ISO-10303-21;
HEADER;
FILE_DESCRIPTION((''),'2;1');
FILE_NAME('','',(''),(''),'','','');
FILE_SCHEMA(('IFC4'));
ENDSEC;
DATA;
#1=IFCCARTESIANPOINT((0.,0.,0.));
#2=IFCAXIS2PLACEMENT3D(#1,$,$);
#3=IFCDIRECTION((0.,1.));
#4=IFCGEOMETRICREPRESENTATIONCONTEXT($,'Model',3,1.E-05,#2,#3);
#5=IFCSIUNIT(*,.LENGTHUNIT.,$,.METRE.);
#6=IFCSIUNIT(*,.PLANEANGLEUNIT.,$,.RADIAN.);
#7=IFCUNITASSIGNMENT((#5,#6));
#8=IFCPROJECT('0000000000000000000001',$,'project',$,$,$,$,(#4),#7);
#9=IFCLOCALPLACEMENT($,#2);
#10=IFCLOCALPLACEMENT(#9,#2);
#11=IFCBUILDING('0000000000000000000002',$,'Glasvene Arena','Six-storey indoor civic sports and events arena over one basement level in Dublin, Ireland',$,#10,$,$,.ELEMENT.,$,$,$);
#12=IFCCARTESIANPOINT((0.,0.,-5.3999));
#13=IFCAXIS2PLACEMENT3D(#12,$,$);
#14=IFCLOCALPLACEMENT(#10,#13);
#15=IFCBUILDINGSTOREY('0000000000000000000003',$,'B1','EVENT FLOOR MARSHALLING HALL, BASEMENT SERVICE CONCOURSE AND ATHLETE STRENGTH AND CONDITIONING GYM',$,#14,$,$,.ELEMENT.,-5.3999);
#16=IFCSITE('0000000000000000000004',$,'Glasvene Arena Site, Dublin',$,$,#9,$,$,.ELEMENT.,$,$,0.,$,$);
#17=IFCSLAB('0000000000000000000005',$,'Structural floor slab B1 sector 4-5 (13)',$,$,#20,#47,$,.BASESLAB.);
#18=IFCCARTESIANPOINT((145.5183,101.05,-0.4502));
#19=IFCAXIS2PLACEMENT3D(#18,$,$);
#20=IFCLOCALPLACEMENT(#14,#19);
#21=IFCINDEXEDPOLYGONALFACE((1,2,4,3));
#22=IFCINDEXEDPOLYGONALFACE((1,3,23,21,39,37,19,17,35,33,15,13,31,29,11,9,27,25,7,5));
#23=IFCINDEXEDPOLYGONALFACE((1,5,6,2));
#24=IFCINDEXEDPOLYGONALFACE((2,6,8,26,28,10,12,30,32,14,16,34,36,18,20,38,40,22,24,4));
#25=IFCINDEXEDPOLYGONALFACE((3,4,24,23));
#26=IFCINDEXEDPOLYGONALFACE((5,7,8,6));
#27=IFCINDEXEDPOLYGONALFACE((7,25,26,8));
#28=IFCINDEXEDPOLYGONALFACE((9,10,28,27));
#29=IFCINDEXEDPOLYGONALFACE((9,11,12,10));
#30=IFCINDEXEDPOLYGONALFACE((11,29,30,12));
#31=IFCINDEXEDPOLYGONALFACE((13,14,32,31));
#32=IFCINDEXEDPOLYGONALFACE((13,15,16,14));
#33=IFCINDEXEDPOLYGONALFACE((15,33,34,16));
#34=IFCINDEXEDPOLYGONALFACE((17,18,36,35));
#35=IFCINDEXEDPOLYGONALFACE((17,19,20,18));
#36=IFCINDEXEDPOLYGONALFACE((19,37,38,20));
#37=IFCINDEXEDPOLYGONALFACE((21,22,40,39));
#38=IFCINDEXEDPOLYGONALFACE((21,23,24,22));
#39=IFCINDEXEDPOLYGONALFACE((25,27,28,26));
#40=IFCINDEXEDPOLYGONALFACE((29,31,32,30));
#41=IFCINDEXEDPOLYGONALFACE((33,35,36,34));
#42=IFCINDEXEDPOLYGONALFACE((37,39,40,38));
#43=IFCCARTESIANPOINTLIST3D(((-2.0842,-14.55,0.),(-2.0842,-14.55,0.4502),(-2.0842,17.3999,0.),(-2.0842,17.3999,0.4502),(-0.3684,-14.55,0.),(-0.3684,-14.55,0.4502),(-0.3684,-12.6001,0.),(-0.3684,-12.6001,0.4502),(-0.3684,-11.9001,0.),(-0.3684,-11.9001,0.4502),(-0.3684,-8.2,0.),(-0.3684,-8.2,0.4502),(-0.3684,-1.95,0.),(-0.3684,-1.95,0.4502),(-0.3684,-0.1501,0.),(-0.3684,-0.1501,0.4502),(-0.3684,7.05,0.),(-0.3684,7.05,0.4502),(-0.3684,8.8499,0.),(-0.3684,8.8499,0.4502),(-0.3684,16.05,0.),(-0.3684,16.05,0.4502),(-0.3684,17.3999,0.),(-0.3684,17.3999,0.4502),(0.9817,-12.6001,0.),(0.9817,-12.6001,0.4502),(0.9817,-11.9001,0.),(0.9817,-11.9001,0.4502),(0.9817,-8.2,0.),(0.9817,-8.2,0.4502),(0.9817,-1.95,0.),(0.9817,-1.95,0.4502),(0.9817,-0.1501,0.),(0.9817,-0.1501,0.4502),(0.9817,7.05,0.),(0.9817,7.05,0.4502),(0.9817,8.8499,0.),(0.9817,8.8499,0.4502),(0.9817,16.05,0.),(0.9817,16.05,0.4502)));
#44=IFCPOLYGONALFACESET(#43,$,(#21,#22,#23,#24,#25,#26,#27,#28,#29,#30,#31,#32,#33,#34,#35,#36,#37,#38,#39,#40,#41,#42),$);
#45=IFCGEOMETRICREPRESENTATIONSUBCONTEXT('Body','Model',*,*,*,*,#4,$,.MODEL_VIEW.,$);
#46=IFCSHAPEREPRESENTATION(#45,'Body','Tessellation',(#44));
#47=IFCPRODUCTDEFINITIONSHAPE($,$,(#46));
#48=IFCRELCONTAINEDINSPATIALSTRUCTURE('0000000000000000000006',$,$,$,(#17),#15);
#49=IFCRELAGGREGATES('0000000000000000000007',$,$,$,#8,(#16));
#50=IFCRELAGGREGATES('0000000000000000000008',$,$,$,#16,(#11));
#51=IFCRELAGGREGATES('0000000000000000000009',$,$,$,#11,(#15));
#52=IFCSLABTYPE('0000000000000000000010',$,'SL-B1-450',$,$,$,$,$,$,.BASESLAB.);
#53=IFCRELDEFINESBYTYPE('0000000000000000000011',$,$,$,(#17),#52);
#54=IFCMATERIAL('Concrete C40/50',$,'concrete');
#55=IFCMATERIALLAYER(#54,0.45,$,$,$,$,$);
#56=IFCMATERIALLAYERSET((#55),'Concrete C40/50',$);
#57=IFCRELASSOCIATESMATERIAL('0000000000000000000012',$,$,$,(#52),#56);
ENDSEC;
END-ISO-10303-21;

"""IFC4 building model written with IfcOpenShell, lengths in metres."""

from ifc_helpers import new_model, si_unit, direction, frame, origin, place, context, subcontext, project, spatial, polyline, outline, extrude, material, layer, layer_set, type_object, element, save


model = new_model("IFC4")

# Units and contexts
model_context = context("Model", 3, precision=1e-05, world=origin(), true_north=direction((0.0, 1.0)))
body_context = subcontext(model_context, "Body", "Model", "MODEL_VIEW")
ifc_project = project(units=[si_unit("LENGTHUNIT", "METRE"), si_unit("PLANEANGLEUNIT", "RADIAN")], contexts=[model_context])

# Site, building, storey
site_placement = place(None, origin())
site = spatial("IfcSite", under=ifc_project, at=site_placement, Name="Glasvene Arena Site, Dublin", CompositionType="ELEMENT", RefElevation=0.0)
building_placement = place(site_placement, origin())
building = spatial("IfcBuilding", under=site, at=building_placement, Name="Glasvene Arena", Description="Six-storey indoor civic sports and events arena over one basement level in Dublin, Ireland", CompositionType="ELEMENT")
storey_placement = place(building_placement, frame((0.0, 0.0, -5.3999)))
storey = spatial("IfcBuildingStorey", under=building, at=storey_placement, Name="B1", Description="EVENT FLOOR MARSHALLING HALL, BASEMENT SERVICE CONCOURSE AND ATHLETE STRENGTH AND CONDITIONING GYM", CompositionType="ELEMENT", Elevation=-5.3999)

# Shared definitions
ifc_material_1 = material(Name="Concrete C40/50", Category="concrete")

# Slab
ifc_layer_1 = layer(ifc_material_1, 0.45)
ifc_layer_set_1 = layer_set([ifc_layer_1], Name="Concrete C40/50")
slab_type_1 = type_object("IfcSlabType", Name="SL-B1-450", PredefinedType="BASESLAB", material=ifc_layer_set_1)
slab_1_placement = place(storey_placement, frame((145.5183, 101.05, -0.4502)))
element("IfcSlab", 1, at=slab_1_placement, inside=storey, type_object=slab_type_1, Name="Structural floor slab B1 sector 4-5 (13)", PredefinedType="BASESLAB", context=body_context, shape_type="SweptSolid", body=[
    extrude(outline(polyline([(-2.0842, 17.3999), (-0.3684, 17.3999), (-0.3684, 16.05), (0.9817, 16.05), (0.9817, 8.8499), (-0.3684, 8.8499), (-0.3684, 7.05), (0.9817, 7.05), (0.9817, -0.1501), (-0.3684, -0.1501), (-0.3684, -1.95), (0.9817, -1.95), (0.9817, -8.2), (-0.3684, -8.2), (-0.3684, -11.9001), (0.9817, -11.9001), (0.9817, -12.6001), (-0.3684, -12.6001), (-0.3684, -14.55), (-2.0842, -14.55), (-2.0842, 17.3999)])), origin(), (0.0, 0.0, 1.0), 0.4502),
])

save(model, "model.ifc")
